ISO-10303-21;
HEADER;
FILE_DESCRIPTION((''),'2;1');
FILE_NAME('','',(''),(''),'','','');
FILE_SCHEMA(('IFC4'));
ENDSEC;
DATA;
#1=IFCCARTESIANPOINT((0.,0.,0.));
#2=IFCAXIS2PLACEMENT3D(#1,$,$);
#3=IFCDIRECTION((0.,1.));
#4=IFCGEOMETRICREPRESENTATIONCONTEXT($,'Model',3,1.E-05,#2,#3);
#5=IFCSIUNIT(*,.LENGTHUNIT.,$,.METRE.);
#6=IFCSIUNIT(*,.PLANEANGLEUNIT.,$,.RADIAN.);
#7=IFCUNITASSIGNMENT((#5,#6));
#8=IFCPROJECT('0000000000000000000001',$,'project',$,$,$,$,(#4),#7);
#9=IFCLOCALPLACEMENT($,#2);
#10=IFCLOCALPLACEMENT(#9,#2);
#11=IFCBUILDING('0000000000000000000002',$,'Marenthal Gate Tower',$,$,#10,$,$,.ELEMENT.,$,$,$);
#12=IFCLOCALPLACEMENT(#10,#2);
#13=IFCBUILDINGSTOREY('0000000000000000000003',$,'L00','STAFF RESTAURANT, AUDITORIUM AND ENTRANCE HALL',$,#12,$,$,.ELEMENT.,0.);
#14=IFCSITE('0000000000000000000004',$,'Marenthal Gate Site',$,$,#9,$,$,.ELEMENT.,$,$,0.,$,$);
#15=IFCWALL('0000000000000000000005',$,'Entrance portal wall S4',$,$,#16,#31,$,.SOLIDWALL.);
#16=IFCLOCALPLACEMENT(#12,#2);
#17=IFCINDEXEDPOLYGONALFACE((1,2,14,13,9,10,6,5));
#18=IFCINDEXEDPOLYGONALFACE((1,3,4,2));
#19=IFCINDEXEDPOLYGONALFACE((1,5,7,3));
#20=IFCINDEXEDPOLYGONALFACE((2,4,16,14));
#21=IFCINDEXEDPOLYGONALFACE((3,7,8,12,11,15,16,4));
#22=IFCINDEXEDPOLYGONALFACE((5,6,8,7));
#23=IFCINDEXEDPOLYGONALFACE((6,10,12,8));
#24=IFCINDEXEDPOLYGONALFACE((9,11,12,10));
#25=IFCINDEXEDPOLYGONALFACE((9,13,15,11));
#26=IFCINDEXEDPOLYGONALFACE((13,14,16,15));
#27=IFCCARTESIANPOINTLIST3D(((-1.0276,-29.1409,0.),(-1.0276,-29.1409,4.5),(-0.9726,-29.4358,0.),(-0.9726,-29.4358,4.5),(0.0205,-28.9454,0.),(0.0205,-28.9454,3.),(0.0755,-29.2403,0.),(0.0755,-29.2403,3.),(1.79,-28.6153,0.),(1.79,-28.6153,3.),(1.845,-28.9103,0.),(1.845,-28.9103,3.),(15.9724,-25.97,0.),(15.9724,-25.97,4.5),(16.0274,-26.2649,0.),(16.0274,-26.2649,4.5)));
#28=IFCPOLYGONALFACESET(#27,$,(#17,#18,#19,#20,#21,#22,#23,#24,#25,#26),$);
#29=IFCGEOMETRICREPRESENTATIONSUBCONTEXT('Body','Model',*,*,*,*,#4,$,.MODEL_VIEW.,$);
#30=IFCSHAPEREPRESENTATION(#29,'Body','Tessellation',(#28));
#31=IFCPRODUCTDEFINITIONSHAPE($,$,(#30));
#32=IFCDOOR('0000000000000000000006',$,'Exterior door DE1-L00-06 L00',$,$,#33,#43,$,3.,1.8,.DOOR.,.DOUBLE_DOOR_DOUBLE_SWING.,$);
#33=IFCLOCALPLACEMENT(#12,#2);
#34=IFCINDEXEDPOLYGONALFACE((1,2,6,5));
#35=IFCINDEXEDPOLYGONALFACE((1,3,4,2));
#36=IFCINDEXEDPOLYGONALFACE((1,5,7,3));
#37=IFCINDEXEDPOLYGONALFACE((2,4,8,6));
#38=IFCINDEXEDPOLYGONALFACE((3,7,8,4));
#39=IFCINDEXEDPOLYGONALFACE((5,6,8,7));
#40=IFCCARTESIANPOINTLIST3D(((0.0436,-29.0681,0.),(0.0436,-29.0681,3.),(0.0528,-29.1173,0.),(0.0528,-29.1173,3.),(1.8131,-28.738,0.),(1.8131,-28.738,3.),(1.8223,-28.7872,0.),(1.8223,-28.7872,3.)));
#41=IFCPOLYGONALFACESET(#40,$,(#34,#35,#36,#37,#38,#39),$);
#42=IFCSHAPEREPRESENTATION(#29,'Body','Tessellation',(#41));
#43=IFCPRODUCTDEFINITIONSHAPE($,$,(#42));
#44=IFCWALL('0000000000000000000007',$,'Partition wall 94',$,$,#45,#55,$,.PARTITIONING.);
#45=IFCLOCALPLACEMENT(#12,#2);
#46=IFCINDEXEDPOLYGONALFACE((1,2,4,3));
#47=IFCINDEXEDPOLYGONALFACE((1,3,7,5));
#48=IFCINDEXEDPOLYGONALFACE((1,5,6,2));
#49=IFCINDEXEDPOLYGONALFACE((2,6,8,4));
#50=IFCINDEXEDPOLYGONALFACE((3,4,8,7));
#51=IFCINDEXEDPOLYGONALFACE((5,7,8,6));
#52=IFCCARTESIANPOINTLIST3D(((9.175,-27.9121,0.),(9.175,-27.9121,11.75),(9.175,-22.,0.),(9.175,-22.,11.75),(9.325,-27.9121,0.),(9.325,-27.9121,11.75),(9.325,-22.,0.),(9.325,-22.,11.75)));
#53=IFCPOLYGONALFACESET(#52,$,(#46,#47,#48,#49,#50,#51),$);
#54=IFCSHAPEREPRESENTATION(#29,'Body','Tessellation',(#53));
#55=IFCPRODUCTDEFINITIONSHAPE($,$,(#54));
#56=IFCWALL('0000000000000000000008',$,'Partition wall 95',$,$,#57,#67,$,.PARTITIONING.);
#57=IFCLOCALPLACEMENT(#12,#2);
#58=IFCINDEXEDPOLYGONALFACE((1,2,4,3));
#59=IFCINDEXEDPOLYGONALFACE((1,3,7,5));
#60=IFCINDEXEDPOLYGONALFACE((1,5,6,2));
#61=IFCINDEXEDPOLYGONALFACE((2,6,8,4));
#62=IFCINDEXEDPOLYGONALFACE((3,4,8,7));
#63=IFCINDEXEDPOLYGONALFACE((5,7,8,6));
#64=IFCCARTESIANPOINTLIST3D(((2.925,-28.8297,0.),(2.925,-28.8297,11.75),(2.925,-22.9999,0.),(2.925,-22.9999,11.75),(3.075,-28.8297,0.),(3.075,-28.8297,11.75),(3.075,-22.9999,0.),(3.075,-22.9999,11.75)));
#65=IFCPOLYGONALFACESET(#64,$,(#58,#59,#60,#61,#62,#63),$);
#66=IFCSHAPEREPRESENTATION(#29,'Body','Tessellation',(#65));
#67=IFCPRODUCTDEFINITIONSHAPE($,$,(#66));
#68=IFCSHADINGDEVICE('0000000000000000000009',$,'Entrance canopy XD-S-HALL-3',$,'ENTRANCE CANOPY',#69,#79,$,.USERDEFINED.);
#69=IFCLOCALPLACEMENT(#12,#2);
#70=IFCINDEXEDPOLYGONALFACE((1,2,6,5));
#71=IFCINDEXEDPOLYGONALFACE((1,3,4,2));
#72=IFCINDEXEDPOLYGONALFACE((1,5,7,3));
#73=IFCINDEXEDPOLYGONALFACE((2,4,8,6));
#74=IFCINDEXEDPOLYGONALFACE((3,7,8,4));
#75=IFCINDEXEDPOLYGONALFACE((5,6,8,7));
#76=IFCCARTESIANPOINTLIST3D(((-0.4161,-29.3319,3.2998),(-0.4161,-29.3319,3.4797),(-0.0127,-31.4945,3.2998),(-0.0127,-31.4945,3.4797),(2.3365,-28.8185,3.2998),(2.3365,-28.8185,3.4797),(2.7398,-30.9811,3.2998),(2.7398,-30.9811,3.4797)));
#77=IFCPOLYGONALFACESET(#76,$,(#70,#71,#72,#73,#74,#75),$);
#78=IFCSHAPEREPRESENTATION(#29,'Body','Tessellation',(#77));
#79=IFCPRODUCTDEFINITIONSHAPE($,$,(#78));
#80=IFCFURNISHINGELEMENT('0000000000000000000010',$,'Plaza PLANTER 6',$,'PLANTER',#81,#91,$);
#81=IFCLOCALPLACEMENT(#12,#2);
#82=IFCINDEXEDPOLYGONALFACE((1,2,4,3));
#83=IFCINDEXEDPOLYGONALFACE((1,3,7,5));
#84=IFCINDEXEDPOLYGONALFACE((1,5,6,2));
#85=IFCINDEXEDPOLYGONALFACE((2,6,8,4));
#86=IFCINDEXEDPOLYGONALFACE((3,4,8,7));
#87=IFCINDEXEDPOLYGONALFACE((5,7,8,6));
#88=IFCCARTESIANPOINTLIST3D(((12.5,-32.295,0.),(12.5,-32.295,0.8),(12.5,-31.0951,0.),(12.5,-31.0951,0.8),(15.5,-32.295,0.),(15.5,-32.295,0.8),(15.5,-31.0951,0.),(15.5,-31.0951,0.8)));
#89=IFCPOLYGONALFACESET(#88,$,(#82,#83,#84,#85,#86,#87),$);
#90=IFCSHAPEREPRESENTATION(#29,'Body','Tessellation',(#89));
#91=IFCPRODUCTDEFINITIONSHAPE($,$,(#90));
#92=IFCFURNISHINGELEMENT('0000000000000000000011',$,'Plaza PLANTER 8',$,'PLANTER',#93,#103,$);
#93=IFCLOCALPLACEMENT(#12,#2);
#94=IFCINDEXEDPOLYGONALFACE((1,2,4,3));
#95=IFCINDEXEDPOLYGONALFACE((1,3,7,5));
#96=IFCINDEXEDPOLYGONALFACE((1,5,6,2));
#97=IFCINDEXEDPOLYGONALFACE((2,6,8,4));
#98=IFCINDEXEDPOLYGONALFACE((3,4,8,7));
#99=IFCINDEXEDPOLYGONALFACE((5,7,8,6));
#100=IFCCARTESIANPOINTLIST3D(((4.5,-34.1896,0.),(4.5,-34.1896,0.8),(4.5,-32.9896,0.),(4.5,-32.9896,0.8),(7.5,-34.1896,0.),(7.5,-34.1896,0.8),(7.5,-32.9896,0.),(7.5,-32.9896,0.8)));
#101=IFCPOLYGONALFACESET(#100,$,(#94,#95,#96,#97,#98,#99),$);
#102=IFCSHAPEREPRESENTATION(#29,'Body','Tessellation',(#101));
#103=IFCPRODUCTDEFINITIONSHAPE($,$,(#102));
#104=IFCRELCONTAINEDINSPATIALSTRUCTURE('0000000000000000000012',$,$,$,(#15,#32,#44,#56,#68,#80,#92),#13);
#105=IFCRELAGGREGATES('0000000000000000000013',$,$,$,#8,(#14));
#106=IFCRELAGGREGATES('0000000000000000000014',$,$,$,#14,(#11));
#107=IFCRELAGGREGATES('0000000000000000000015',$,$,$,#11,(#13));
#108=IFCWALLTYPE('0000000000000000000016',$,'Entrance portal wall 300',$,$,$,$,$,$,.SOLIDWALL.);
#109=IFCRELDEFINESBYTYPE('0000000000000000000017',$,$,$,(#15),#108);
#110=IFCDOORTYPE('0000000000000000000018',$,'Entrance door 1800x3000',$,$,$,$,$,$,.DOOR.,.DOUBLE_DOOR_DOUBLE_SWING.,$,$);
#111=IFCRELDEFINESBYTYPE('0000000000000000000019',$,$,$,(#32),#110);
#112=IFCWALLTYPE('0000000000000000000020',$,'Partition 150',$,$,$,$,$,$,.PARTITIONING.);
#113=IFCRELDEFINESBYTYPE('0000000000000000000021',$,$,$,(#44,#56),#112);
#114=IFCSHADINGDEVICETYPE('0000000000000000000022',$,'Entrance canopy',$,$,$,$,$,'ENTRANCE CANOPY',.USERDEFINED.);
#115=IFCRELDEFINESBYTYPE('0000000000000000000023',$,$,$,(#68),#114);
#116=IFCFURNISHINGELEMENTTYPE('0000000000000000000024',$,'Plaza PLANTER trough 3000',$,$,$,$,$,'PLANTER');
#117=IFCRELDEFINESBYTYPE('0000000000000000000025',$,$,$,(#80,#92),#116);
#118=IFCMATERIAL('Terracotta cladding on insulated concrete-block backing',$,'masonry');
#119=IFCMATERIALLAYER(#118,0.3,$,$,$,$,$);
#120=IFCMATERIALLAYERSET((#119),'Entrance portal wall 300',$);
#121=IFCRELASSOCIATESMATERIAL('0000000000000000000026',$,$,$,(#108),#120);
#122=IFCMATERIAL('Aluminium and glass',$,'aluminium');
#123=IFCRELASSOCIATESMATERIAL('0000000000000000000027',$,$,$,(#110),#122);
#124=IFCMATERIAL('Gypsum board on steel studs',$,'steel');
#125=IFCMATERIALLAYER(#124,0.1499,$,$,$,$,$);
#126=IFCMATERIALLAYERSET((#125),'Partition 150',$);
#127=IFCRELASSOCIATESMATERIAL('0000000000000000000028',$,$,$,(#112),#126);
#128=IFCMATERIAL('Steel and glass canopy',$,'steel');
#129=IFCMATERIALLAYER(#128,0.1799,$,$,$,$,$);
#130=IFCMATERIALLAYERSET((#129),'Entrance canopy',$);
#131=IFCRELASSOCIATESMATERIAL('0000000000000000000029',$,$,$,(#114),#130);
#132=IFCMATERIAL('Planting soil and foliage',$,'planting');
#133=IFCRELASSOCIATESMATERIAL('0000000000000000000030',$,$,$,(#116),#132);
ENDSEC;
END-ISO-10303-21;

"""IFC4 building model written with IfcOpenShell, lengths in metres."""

from ifc_helpers import new_model, si_unit, direction, frame, frame_2d, origin, origin_2d, place, context, subcontext, project, spatial, rectangle, extrude, material, layer, layer_set, type_object, element, fill, save


model = new_model("IFC4")

# Units and contexts
model_context = context("Model", 3, precision=1e-05, world=origin(), true_north=direction((0.0, 1.0)))
body_context = subcontext(model_context, "Body", "Model", "MODEL_VIEW")
ifc_project = project(units=[si_unit("LENGTHUNIT", "METRE"), si_unit("PLANEANGLEUNIT", "RADIAN")], contexts=[model_context])

# Site, building, storey
site_placement = place(None, origin())
site = spatial("IfcSite", under=ifc_project, at=site_placement, Name="Marenthal Gate Site", CompositionType="ELEMENT", RefElevation=0.0)
building_placement = place(site_placement, origin())
building = spatial("IfcBuilding", under=site, at=building_placement, Name="Marenthal Gate Tower", CompositionType="ELEMENT")
storey_placement = place(building_placement, origin())
storey = spatial("IfcBuildingStorey", under=building, at=storey_placement, Name="L00", Description="STAFF RESTAURANT, AUDITORIUM AND ENTRANCE HALL", CompositionType="ELEMENT", Elevation=0.0)

# Wall, opening, door
ifc_material_1 = material(Name="Terracotta cladding on insulated concrete-block backing", Category="masonry")
ifc_layer_1 = layer(ifc_material_1, 0.3)
ifc_layer_set_1 = layer_set([ifc_layer_1], Name="Entrance portal wall 300")
wall_type_1 = type_object("IfcWallType", Name="Entrance portal wall 300", PredefinedType="SOLIDWALL", material=ifc_layer_set_1)
wall_1_placement = place(storey_placement, frame((-1.0, -29.2883, 0.0), z_axis=(0.0, 0.0, 1.0), x_axis=(0.983046, 0.183361, 0.0)))
wall_1 = element("IfcWall", 1, at=wall_1_placement, inside=storey, type_object=wall_type_1, Name="Entrance portal wall S4", PredefinedType="SOLIDWALL", context=body_context, shape_type="SweptSolid", body=[
    extrude(rectangle(XDim=17.2932, YDim=0.3, at=frame_2d((8.6465, 0.0))), origin(), (0.0, 0.0, 1.0), 4.5),
])
opening_placement = place(wall_1_placement, frame((1.0662, 0.0, 0.0)))
opening = element("IfcOpeningElement", 2, at=opening_placement, cuts=wall_1, PredefinedType="OPENING", context=body_context, shape_type="SweptSolid", body=[
    extrude(rectangle(XDim=1.8, YDim=3.0, at=frame_2d((0.8999, 1.5))), frame((0.0, 0.1602, 0.0), z_axis=(0.0, -1.0, 0.0), x_axis=(1.0, 0.0, 0.0)), (0.0, 0.0, 1.0), 0.3201),
])
ifc_material_2 = material(Name="Aluminium and glass", Category="aluminium")
door_type = type_object("IfcDoorType", Name="Entrance door 1800x3000", OperationType="DOUBLE_DOOR_DOUBLE_SWING", PredefinedType="DOOR", material=ifc_material_2)
door_placement = place(opening_placement, frame((1.8, 0.0, 0.0), z_axis=(0.0, 0.0, 1.0), x_axis=(-1.0, 0.0, 0.0)))
door = element("IfcDoor", 3, at=door_placement, inside=storey, type_object=door_type, Name="Exterior door DE1-L00-06 L00", OperationType="DOUBLE_DOOR_DOUBLE_SWING", OverallHeight=3.0, OverallWidth=1.8, PredefinedType="DOOR", context=body_context, shape_type="SweptSolid", body=[
    extrude(rectangle(XDim=1.8, YDim=3.0, at=frame_2d((0.8999, 1.5))), frame((0.0, 0.0249, 0.0), z_axis=(0.0, -1.0, 0.0), x_axis=(1.0, 0.0, 0.0)), (0.0, 0.0, 1.0), 0.05),
])
fill(opening, door)

# Walls
ifc_material_3 = material(Name="Gypsum board on steel studs", Category="steel")
ifc_layer_2 = layer(ifc_material_3, 0.1499)
ifc_layer_set_2 = layer_set([ifc_layer_2], Name="Partition 150")
wall_type_2 = type_object("IfcWallType", Name="Partition 150", PredefinedType="PARTITIONING", material=ifc_layer_set_2)
wall_2_placement = place(storey_placement, frame((9.25, -27.9121, 0.0), z_axis=(0.0, 0.0, 1.0), x_axis=(0.0, 1.0, 0.0)))
element("IfcWall", 4, at=wall_2_placement, inside=storey, type_object=wall_type_2, Name="Partition wall 94", PredefinedType="PARTITIONING", context=body_context, shape_type="SweptSolid", body=[
    extrude(rectangle(XDim=5.9121, YDim=0.1499, at=frame_2d((2.9561, 0.0))), origin(), (0.0, 0.0, 1.0), 11.75),
])
wall_3_placement = place(storey_placement, frame((3.0, -28.8298, 0.0), z_axis=(0.0, 0.0, 1.0), x_axis=(0.0, 1.0, 0.0)))
element("IfcWall", 5, at=wall_3_placement, inside=storey, type_object=wall_type_2, Name="Partition wall 95", PredefinedType="PARTITIONING", context=body_context, shape_type="SweptSolid", body=[
    extrude(rectangle(XDim=5.8298, YDim=0.1499, at=frame_2d((2.915, 0.0))), origin(), (0.0, 0.0, 1.0), 11.75),
])

# Shading device
ifc_material_4 = material(Name="Steel and glass canopy", Category="steel")
ifc_layer_3 = layer(ifc_material_4, 0.1799)
ifc_layer_set_3 = layer_set([ifc_layer_3], Name="Entrance canopy")
shading_device_type = type_object("IfcShadingDeviceType", Name="Entrance canopy", ElementType="ENTRANCE CANOPY", PredefinedType="USERDEFINED", material=ifc_layer_set_3)
shading_device_placement = place(storey_placement, frame((1.1619, -30.1565, 3.2998), z_axis=(0.0, 0.0, 1.0), x_axis=(0.983046, 0.183357, 0.0)))
element("IfcShadingDevice", 6, at=shading_device_placement, inside=storey, type_object=shading_device_type, Name="Entrance canopy XD-S-HALL-3", ObjectType="ENTRANCE CANOPY", PredefinedType="USERDEFINED", context=body_context, shape_type="SweptSolid", body=[
    extrude(rectangle(XDim=2.8, YDim=2.2, at=origin_2d()), origin(), (0.0, 0.0, 1.0), 0.1799),
])

# Furnishing elements
ifc_material_5 = material(Name="Planting soil and foliage", Category="planting")
furnishing_element_type = type_object("IfcFurnishingElementType", Name="Plaza PLANTER trough 3000", ElementType="PLANTER", material=ifc_material_5)
for number, where, z_axis, x_axis, name in (
    (7, (14.0, -31.6951, 0.0), (0.0, 0.0, 1.0), (1.0, 0.0, 0.0), "Plaza PLANTER 6"),
    (8, (6.0, -33.5896, 0.0), (0.0, 0.0, 1.0), (1.0, 0.0, 0.0), "Plaza PLANTER 8"),
):
    element("IfcFurnishingElement", number, at=place(storey_placement, frame(where, z_axis=z_axis, x_axis=x_axis)), inside=storey, type_object=furnishing_element_type, Name=name, ObjectType="PLANTER", context=body_context, shape_type="SweptSolid", body=[
        extrude(rectangle(XDim=3.0, YDim=1.2, at=origin_2d()), origin(), (0.0, 0.0, 1.0), 0.8),
    ])

save(model, "model.ifc")
